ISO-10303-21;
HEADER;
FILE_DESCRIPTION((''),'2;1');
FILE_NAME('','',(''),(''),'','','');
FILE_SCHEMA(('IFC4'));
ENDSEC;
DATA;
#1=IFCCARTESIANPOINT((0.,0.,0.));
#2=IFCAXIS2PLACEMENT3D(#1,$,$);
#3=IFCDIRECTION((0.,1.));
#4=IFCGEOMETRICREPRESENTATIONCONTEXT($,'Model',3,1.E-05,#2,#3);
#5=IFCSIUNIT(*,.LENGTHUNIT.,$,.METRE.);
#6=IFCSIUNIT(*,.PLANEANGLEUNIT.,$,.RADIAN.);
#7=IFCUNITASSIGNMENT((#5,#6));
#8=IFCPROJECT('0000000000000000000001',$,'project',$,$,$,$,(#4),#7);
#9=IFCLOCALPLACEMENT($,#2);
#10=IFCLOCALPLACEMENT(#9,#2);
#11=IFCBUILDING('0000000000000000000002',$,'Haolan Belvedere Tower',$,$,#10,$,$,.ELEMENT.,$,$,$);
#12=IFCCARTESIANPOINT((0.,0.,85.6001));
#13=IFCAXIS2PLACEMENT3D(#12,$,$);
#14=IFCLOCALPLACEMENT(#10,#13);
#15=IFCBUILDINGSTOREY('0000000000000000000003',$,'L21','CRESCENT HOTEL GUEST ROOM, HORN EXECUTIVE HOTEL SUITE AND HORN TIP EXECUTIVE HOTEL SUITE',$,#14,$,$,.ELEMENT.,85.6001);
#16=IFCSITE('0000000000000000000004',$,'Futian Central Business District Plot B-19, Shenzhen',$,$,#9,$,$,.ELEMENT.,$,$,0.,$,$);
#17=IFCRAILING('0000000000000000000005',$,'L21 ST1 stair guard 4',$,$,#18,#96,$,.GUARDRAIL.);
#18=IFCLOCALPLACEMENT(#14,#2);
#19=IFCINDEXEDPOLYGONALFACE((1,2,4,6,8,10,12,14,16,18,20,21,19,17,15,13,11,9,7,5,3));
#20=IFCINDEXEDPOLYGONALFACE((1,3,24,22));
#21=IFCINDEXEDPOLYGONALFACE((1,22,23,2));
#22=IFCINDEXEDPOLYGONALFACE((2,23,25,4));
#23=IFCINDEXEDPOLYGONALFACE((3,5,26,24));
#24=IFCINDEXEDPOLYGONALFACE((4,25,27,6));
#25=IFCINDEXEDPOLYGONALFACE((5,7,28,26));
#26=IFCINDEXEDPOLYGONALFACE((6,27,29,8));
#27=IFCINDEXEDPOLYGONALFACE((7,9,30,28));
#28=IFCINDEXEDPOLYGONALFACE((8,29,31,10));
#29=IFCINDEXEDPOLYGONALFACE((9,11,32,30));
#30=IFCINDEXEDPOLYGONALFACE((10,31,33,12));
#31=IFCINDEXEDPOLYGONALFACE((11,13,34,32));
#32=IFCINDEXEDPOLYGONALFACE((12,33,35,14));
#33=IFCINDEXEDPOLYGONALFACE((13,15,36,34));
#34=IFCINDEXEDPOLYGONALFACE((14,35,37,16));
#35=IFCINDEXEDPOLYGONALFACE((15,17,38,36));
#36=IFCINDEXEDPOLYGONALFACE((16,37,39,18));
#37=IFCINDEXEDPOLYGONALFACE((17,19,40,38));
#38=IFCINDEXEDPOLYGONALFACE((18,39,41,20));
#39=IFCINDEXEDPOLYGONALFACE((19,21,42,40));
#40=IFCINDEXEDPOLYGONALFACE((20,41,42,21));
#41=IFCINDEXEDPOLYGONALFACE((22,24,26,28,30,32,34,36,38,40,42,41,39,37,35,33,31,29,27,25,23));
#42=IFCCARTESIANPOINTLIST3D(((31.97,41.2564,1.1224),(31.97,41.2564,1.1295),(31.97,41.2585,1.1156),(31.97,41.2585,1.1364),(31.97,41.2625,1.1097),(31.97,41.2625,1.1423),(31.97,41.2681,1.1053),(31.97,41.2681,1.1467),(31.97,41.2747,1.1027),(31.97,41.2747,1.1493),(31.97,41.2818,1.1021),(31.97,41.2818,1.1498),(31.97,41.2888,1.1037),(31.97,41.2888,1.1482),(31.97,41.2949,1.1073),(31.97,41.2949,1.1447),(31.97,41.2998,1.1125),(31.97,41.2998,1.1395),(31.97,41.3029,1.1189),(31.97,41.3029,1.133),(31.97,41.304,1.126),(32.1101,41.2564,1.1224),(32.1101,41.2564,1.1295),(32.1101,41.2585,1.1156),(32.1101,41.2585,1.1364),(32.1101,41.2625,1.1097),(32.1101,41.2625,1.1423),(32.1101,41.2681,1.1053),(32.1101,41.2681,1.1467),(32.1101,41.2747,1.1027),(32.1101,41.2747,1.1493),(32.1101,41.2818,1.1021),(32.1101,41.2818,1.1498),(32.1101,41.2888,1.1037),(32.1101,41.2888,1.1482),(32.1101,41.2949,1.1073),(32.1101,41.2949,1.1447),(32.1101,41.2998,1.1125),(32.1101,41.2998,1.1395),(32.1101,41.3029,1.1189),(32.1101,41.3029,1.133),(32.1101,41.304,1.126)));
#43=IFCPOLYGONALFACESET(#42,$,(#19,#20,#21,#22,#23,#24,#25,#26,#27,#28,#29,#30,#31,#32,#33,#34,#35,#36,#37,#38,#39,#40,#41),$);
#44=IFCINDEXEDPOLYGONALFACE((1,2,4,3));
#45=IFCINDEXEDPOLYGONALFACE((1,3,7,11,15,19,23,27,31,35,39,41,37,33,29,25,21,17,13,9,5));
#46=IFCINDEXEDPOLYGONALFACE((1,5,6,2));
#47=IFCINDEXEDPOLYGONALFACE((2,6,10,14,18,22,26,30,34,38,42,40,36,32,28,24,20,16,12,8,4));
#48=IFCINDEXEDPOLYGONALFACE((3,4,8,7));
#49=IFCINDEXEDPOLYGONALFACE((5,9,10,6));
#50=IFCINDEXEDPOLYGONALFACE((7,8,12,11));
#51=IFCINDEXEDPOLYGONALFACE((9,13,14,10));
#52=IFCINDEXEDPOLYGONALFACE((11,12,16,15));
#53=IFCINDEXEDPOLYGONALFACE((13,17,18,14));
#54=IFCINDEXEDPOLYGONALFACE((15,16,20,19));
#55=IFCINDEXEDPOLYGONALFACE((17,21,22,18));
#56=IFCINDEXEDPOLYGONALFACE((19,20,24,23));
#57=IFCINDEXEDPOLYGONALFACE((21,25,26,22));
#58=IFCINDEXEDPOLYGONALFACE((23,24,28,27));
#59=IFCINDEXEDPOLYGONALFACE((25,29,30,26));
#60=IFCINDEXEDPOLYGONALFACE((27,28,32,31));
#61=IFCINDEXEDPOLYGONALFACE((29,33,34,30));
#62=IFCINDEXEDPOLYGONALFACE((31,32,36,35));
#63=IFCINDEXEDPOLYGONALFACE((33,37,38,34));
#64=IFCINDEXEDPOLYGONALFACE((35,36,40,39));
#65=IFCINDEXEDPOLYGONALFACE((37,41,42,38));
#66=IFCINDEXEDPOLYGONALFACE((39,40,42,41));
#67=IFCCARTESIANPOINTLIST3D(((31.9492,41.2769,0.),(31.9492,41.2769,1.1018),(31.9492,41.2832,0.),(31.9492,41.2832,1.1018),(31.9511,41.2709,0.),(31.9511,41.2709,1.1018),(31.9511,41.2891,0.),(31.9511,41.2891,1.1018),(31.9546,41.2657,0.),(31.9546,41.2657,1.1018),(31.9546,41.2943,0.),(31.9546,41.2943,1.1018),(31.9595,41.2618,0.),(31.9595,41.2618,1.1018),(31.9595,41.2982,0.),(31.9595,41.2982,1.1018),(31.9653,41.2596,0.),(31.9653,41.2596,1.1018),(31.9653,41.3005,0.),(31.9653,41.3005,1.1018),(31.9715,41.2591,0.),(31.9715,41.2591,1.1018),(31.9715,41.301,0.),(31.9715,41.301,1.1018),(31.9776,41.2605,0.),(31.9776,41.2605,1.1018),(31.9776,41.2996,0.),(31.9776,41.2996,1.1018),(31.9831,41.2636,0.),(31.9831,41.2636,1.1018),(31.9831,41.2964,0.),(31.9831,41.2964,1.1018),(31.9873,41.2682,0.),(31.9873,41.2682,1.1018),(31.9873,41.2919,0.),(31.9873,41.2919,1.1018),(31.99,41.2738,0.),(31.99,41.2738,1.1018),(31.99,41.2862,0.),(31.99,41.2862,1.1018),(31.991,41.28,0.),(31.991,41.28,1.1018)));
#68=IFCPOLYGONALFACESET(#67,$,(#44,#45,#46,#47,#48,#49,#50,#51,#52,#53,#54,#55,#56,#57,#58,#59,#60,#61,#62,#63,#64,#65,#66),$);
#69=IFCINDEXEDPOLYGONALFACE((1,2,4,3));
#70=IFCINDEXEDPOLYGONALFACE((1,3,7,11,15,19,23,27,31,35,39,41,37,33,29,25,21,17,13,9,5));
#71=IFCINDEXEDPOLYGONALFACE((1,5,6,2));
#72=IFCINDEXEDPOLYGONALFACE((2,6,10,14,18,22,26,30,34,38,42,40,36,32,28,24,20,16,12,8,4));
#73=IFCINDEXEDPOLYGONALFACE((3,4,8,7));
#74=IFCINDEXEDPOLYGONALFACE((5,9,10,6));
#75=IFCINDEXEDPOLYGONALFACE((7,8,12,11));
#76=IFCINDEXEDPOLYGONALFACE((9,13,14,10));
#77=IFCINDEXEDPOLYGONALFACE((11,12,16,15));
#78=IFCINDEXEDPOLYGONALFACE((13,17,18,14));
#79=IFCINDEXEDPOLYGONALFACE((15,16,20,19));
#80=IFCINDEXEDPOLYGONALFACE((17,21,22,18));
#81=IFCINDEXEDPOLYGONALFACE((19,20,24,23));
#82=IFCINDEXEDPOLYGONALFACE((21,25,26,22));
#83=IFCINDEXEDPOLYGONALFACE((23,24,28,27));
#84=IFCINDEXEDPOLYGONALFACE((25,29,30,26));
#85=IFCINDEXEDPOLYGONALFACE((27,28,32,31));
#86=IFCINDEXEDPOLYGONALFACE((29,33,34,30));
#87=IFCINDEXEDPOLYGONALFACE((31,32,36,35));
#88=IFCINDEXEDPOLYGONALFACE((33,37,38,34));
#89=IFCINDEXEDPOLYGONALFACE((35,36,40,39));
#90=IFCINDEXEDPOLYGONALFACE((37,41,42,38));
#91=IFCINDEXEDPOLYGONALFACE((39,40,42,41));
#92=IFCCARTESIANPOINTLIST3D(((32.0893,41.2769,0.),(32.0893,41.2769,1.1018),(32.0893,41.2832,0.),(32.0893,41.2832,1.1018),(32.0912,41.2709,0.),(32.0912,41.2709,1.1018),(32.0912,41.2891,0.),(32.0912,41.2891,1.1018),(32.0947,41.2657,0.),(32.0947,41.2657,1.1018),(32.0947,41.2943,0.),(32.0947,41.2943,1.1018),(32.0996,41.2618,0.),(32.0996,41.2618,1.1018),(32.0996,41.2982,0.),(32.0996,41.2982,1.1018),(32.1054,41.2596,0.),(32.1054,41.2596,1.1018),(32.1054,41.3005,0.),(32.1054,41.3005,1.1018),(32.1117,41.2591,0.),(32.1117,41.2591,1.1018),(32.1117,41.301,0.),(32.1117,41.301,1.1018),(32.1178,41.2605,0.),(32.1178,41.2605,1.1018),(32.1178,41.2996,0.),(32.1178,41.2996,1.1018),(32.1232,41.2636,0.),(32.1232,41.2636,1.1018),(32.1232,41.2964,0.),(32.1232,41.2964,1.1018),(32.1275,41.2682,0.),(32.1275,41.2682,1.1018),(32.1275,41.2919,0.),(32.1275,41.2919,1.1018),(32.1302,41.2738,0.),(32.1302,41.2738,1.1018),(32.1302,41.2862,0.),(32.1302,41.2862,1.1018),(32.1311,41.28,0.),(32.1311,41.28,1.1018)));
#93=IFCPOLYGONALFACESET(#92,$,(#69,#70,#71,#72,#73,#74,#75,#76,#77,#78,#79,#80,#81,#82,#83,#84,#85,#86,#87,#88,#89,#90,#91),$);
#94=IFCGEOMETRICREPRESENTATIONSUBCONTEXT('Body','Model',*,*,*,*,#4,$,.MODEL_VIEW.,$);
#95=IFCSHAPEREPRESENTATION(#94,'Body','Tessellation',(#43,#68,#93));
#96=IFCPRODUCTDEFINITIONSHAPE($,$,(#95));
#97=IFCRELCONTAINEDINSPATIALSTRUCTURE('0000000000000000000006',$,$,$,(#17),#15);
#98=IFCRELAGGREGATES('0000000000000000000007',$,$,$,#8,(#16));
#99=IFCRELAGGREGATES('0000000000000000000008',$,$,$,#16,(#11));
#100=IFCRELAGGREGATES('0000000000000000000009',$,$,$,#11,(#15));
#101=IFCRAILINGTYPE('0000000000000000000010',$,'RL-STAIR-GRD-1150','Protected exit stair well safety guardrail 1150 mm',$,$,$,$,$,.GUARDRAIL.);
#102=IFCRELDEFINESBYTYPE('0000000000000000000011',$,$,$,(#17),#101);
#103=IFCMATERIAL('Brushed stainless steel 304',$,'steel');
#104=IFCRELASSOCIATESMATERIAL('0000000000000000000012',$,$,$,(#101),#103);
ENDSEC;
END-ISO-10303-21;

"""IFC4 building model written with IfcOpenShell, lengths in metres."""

from ifc_helpers import new_model, si_unit, direction, frame, origin, origin_2d, place, context, subcontext, project, spatial, circle, extrude, material, type_object, element, save


model = new_model("IFC4")

# Units and contexts
model_context = context("Model", 3, precision=1e-05, world=origin(), true_north=direction((0.0, 1.0)))
body_context = subcontext(model_context, "Body", "Model", "MODEL_VIEW")
ifc_project = project(units=[si_unit("LENGTHUNIT", "METRE"), si_unit("PLANEANGLEUNIT", "RADIAN")], contexts=[model_context])

# Site, building, storey
site_placement = place(None, origin())
site = spatial("IfcSite", under=ifc_project, at=site_placement, Name="Futian Central Business District Plot B-19, Shenzhen", CompositionType="ELEMENT", RefElevation=0.0)
building_placement = place(site_placement, origin())
building = spatial("IfcBuilding", under=site, at=building_placement, Name="Haolan Belvedere Tower", CompositionType="ELEMENT")
storey_placement = place(building_placement, frame((0.0, 0.0, 85.6001)))
storey = spatial("IfcBuildingStorey", under=building, at=storey_placement, Name="L21", Description="CRESCENT HOTEL GUEST ROOM, HORN EXECUTIVE HOTEL SUITE AND HORN TIP EXECUTIVE HOTEL SUITE", CompositionType="ELEMENT", Elevation=85.6001)

# Railing
ifc_material_1 = material(Name="Brushed stainless steel 304", Category="steel")
railing_type_1 = type_object("IfcRailingType", Name="RL-STAIR-GRD-1150", Description="Protected exit stair well safety guardrail 1150 mm", PredefinedType="GUARDRAIL", material=ifc_material_1)
railing_1_placement = place(storey_placement, frame((31.97, 41.28, 0.0)))
element("IfcRailing", 1, at=railing_1_placement, inside=storey, type_object=railing_type_1, Name="L21 ST1 stair guard 4", PredefinedType="GUARDRAIL", context=body_context, shape_type="SweptSolid", body=[
    extrude(circle(Radius=0.0239, at=origin_2d()), frame((0.0, 0.0, 1.126), z_axis=(1.0, 0.0, 0.0), x_axis=(0.0, 1.0, 0.0)), (0.0, 0.0, 1.0), 0.1401),
    extrude(circle(Radius=0.021, at=origin_2d()), origin(), (0.0, 0.0, 1.0), 1.1018),
    extrude(circle(Radius=0.021, at=origin_2d()), frame((0.1401, 0.0, 0.0)), (0.0, 0.0, 1.0), 1.1018),
])

save(model, "model.ifc")
